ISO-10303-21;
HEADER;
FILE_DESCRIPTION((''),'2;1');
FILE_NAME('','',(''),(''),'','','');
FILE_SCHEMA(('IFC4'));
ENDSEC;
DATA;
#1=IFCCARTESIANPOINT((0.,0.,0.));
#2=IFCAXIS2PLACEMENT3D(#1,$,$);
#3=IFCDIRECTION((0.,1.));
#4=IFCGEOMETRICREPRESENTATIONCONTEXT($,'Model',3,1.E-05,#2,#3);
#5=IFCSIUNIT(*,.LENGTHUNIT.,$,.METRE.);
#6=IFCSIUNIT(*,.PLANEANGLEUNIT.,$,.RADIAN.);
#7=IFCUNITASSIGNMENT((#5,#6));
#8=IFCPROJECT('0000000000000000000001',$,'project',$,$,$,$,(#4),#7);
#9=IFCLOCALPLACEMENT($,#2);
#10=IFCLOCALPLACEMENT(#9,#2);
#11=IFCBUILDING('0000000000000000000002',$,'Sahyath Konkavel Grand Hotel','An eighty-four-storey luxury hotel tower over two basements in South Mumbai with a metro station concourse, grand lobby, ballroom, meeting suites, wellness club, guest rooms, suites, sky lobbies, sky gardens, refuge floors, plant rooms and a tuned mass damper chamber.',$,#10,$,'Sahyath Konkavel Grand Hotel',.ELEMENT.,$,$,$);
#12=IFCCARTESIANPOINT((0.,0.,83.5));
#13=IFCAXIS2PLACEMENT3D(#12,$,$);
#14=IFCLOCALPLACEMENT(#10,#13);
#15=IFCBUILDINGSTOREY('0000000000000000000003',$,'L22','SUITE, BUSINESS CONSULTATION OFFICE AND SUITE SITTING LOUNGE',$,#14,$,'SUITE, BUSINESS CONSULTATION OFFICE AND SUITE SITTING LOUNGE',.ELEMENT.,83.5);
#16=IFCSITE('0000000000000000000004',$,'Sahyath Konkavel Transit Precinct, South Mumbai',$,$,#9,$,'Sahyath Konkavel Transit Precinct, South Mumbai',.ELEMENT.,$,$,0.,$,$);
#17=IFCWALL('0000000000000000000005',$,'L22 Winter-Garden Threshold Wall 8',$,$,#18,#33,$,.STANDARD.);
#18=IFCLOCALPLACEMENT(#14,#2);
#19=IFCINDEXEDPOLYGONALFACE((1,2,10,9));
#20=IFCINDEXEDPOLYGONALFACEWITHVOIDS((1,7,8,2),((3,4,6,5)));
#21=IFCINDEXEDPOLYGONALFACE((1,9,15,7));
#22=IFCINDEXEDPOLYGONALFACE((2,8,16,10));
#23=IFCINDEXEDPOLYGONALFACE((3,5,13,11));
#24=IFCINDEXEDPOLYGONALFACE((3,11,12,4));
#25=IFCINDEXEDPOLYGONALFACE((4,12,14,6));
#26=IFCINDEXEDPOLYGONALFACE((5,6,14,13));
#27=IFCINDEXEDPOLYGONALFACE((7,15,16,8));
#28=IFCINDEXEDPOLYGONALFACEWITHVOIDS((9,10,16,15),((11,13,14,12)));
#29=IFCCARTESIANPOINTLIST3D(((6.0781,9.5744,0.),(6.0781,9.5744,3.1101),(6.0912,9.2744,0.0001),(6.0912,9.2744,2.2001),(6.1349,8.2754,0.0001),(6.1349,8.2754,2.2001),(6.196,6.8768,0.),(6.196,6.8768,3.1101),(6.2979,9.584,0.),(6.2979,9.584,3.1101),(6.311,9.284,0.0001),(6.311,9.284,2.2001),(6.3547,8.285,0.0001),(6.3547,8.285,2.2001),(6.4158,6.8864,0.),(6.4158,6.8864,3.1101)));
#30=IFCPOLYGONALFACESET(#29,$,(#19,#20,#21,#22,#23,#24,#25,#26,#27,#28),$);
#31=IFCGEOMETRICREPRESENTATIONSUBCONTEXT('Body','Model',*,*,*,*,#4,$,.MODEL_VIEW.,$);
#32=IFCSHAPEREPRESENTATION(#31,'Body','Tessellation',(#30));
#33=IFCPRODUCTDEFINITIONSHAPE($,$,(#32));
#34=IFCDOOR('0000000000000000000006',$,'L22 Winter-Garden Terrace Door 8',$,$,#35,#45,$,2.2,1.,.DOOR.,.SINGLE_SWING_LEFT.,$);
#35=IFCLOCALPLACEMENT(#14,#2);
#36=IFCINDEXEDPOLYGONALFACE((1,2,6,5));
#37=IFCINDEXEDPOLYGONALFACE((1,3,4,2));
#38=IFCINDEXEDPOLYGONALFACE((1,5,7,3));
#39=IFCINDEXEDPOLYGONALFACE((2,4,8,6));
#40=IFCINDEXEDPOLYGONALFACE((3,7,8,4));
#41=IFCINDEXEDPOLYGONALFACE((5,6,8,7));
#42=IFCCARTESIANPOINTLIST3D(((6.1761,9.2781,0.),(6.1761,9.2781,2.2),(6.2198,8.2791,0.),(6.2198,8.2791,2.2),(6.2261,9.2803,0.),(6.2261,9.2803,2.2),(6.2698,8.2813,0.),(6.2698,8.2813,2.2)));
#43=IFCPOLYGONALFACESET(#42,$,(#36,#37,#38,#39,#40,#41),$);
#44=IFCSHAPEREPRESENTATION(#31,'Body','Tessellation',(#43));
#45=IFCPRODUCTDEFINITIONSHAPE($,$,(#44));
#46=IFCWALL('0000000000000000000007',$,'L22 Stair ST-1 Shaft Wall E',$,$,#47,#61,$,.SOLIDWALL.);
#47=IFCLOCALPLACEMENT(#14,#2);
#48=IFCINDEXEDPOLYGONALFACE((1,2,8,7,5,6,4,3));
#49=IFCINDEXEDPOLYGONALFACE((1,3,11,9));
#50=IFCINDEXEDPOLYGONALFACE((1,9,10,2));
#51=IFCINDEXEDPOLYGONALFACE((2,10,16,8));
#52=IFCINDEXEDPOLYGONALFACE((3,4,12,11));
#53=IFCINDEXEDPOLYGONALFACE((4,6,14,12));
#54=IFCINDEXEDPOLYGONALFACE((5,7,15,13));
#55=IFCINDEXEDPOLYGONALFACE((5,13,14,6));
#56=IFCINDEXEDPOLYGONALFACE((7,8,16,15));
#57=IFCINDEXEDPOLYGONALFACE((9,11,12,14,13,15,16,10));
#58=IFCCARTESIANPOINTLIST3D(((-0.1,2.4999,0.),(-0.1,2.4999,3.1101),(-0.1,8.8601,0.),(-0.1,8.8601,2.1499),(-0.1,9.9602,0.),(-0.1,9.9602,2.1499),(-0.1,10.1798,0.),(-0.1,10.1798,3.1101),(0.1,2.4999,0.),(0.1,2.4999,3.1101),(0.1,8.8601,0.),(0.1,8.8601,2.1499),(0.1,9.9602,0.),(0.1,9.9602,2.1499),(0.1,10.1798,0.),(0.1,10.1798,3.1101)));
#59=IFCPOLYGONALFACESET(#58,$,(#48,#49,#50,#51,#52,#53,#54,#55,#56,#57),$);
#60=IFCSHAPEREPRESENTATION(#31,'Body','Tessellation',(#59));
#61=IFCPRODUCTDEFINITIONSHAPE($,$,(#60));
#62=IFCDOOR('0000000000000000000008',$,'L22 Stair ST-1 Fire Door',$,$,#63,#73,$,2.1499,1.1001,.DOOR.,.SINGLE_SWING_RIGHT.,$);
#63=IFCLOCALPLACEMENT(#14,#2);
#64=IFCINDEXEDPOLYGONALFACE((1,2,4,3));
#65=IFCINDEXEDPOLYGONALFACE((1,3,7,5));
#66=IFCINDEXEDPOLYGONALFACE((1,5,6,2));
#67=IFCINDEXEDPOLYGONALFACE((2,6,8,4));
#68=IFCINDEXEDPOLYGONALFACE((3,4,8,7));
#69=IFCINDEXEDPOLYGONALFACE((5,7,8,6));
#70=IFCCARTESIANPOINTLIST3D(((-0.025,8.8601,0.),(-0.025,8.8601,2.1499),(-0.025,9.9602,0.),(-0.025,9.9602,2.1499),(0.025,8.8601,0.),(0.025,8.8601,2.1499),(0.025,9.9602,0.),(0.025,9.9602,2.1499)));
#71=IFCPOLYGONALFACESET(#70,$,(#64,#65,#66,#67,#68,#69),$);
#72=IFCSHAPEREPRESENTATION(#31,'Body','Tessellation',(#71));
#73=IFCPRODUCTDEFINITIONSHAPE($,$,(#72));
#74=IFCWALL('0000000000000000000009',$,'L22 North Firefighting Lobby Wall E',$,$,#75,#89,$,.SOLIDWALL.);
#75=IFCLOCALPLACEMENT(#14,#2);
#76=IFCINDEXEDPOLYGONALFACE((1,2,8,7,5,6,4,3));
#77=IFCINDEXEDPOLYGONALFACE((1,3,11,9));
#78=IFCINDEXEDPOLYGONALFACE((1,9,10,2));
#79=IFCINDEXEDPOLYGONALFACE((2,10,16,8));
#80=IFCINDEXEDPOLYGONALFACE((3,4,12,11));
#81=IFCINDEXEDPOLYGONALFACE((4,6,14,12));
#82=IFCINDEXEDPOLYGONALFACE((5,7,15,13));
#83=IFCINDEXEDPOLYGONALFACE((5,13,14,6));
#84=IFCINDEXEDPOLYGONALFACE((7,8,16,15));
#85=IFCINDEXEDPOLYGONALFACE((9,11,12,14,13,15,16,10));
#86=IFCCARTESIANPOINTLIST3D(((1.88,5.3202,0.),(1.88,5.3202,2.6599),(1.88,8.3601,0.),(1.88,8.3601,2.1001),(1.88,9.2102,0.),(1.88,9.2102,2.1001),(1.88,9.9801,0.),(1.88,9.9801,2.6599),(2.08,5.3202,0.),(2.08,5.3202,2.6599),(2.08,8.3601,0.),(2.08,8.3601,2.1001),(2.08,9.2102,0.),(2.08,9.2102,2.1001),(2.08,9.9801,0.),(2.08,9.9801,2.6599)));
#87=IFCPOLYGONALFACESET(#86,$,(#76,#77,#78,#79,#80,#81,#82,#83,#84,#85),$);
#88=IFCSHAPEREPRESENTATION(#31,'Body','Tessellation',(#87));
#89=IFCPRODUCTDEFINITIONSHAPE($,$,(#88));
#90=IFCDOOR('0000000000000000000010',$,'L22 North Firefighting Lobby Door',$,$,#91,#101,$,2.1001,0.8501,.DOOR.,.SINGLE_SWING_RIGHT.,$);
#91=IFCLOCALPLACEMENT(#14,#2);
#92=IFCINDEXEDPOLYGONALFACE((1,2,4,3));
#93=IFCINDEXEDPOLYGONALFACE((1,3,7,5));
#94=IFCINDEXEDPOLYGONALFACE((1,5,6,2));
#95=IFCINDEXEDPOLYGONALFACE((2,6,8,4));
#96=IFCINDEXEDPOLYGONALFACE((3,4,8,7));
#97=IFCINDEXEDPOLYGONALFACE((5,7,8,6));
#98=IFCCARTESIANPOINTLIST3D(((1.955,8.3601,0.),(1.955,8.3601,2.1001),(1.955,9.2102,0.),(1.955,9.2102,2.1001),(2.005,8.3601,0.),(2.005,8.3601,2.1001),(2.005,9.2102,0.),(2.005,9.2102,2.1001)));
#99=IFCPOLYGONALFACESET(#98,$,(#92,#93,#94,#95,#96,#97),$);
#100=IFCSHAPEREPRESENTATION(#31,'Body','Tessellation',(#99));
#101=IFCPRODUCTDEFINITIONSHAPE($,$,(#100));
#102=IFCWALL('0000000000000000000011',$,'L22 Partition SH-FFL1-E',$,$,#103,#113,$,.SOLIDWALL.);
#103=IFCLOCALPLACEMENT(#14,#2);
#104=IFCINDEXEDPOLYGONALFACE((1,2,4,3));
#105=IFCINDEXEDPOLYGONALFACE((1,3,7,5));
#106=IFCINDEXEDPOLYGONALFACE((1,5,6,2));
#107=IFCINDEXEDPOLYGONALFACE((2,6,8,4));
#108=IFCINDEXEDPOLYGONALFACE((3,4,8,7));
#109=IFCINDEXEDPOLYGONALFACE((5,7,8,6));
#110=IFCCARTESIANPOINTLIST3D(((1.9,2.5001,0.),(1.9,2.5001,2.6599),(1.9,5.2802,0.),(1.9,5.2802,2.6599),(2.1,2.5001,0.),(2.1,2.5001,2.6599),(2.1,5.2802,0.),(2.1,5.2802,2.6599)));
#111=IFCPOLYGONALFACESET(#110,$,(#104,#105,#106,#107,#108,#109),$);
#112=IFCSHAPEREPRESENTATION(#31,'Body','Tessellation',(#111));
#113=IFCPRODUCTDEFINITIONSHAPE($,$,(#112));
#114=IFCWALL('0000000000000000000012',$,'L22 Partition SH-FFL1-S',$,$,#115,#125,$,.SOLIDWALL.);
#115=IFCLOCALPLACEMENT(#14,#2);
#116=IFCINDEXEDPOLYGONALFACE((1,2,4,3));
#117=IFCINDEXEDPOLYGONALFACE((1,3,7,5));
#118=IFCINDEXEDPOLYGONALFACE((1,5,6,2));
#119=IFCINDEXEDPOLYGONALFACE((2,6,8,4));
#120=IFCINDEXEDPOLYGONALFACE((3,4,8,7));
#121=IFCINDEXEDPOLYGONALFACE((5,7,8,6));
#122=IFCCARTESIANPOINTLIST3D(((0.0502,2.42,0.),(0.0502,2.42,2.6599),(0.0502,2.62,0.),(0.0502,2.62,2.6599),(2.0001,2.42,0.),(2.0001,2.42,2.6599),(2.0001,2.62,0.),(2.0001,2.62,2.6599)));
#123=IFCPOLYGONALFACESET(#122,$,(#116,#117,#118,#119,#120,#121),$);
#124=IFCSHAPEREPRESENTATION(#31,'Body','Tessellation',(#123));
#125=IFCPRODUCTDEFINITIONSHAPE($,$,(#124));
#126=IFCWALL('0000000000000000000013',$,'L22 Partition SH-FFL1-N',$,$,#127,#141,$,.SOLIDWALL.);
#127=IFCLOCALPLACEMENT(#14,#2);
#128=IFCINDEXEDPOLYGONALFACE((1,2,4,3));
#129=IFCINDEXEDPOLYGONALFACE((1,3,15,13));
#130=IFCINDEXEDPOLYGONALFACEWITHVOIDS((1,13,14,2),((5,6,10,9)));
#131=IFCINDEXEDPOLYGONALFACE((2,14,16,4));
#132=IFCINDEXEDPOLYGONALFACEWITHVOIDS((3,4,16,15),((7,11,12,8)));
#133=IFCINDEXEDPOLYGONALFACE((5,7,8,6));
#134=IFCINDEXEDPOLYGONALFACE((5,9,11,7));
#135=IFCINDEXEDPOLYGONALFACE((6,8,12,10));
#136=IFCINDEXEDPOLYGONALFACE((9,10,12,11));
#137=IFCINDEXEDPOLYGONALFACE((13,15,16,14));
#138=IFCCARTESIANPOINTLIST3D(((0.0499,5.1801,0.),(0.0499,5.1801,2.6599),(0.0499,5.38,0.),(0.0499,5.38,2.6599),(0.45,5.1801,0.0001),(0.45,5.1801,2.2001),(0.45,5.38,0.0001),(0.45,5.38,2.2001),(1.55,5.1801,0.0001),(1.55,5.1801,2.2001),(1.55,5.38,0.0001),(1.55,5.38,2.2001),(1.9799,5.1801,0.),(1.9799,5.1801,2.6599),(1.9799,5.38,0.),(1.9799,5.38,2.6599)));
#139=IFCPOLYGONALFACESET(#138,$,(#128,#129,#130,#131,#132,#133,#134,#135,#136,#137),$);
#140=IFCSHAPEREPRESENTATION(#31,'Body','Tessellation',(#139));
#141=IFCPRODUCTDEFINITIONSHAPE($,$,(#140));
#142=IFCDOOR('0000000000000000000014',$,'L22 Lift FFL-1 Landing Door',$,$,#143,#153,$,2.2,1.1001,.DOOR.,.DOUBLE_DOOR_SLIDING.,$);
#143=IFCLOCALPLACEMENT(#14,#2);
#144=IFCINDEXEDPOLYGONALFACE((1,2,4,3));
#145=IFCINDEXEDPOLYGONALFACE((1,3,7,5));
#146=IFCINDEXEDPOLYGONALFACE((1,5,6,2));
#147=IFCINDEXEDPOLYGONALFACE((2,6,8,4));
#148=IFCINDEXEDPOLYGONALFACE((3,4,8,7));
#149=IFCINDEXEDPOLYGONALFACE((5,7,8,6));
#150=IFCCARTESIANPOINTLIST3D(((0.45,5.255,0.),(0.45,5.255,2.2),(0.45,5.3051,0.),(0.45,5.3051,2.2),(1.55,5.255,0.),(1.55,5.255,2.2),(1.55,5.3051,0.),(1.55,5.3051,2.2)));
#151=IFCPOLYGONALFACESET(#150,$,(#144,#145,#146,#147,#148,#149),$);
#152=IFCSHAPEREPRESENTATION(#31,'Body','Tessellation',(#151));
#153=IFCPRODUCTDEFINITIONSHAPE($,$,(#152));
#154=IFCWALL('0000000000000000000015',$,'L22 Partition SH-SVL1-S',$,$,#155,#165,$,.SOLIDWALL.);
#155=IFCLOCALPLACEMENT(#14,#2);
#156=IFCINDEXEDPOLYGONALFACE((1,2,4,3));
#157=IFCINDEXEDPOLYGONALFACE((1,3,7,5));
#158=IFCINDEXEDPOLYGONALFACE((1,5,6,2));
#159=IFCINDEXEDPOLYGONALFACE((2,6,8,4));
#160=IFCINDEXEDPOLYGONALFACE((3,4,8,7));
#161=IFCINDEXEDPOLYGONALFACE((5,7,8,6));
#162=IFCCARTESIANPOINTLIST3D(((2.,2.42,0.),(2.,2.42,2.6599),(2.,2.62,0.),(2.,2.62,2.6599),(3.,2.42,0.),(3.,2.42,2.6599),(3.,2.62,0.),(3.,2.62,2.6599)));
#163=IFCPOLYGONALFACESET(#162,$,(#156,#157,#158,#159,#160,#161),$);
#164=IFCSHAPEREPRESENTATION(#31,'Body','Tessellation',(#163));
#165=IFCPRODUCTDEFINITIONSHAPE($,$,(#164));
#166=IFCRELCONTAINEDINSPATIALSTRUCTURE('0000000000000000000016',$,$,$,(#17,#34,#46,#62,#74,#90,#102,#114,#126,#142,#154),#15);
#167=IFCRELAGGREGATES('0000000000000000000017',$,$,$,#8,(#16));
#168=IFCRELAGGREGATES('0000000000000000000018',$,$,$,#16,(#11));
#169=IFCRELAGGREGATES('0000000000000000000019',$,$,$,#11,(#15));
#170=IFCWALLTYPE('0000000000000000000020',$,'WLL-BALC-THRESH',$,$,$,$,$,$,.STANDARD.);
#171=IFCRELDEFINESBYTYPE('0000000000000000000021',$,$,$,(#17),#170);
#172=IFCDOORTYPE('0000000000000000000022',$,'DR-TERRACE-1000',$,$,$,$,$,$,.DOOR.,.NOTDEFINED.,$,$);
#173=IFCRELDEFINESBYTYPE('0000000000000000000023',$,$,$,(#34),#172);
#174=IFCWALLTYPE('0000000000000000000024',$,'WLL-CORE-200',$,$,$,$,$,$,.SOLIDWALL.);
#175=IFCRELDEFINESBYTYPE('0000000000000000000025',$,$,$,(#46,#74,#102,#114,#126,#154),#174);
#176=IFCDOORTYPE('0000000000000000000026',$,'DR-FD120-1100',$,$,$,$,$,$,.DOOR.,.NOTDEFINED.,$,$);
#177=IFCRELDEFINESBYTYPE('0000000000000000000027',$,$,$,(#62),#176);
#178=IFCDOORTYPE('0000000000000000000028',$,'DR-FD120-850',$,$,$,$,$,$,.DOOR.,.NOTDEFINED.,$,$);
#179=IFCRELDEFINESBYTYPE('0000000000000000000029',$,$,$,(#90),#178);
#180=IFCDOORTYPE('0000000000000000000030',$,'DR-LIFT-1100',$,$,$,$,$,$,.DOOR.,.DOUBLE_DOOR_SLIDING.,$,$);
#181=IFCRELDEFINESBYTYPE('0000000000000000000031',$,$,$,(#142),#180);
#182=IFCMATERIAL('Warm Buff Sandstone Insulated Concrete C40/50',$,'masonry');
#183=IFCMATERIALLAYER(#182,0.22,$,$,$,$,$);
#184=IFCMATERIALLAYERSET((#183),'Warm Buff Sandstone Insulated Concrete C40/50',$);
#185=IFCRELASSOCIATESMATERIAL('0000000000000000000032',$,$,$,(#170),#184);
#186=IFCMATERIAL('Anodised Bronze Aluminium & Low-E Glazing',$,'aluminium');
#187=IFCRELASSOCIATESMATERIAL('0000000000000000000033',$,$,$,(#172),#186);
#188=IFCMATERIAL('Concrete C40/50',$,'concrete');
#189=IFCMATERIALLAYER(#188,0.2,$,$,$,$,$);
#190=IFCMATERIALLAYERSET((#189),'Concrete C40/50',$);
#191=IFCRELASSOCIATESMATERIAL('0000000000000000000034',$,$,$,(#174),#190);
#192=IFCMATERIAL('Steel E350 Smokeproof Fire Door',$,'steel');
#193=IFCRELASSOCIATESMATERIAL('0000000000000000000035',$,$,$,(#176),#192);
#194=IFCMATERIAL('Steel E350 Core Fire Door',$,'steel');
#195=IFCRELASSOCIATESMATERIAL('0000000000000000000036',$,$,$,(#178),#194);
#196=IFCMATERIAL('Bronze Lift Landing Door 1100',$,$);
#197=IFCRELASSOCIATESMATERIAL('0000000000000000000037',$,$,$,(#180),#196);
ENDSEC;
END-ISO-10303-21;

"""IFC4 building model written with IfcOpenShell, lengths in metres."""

from ifc_helpers import new_model, si_unit, direction, frame, frame_2d, origin, origin_2d, place, context, subcontext, project, spatial, rectangle, extrude, source, transform, mapped, material, layer, layer_set, type_object, element, fill, save


model = new_model("IFC4")

# Units and contexts
model_context = context("Model", 3, precision=1e-05, world=origin(), true_north=direction((0.0, 1.0)))
body_context = subcontext(model_context, "Body", "Model", "MODEL_VIEW")
ifc_project = project(units=[si_unit("LENGTHUNIT", "METRE"), si_unit("PLANEANGLEUNIT", "RADIAN")], contexts=[model_context])

# Site, building, storey
site_placement = place(None, origin())
site = spatial("IfcSite", under=ifc_project, at=site_placement, Name="Sahyath Konkavel Transit Precinct, South Mumbai", LongName="Sahyath Konkavel Transit Precinct, South Mumbai", CompositionType="ELEMENT", RefElevation=0.0)
building_placement = place(site_placement, origin())
building = spatial("IfcBuilding", under=site, at=building_placement, Name="Sahyath Konkavel Grand Hotel", Description="An eighty-four-storey luxury hotel tower over two basements in South Mumbai with a metro station concourse, grand lobby, ballroom, meeting suites, wellness club, guest rooms, suites, sky lobbies, sky gardens, refuge floors, plant rooms and a tuned mass damper chamber.", LongName="Sahyath Konkavel Grand Hotel", CompositionType="ELEMENT")
storey_placement = place(building_placement, frame((0.0, 0.0, 83.5)))
storey = spatial("IfcBuildingStorey", under=building, at=storey_placement, Name="L22", Description="SUITE, BUSINESS CONSULTATION OFFICE AND SUITE SITTING LOUNGE", LongName="SUITE, BUSINESS CONSULTATION OFFICE AND SUITE SITTING LOUNGE", CompositionType="ELEMENT", Elevation=83.5)

# Walls, openings, doors
ifc_material_1 = material(Name="Warm Buff Sandstone Insulated Concrete C40/50", Category="masonry")
ifc_layer_1 = layer(ifc_material_1, 0.22)
ifc_layer_set_1 = layer_set([ifc_layer_1], Name="Warm Buff Sandstone Insulated Concrete C40/50")
wall_type_1 = type_object("IfcWallType", Name="WLL-BALC-THRESH", PredefinedType="STANDARD", material=ifc_layer_set_1)
wall_1_placement = place(storey_placement, frame((6.3059, 6.8816, 0.0), z_axis=(0.0, 0.0, 1.0), x_axis=(-0.043673, 0.999046, 0.0)))
wall_1 = element("IfcWall", 1, at=wall_1_placement, inside=storey, type_object=wall_type_1, Name="L22 Winter-Garden Threshold Wall 8", PredefinedType="STANDARD", context=body_context, shape_type="SweptSolid", body=[
    extrude(rectangle(XDim=2.7002, YDim=0.22, at=frame_2d((1.3501, 0.0))), origin(), (0.0, 0.0, 1.0), 3.1101),
])
opening_1_placement = place(wall_1_placement, frame((1.3999, 0.0, 0.0)))
opening_1 = element("IfcOpeningElement", 2, at=opening_1_placement, cuts=wall_1, PredefinedType="OPENING", context=body_context, shape_type="SweptSolid", body=[
    extrude(rectangle(XDim=1.0, YDim=2.2, at=frame_2d((0.5, 1.1001))), frame((0.0, 0.1201, 0.0), z_axis=(0.0, -1.0, 0.0), x_axis=(1.0, 0.0, 0.0)), (0.0, 0.0, 1.0), 0.24),
])
ifc_material_2 = material(Name="Anodised Bronze Aluminium & Low-E Glazing", Category="aluminium")
door_type_1 = type_object("IfcDoorType", Name="DR-TERRACE-1000", OperationType="NOTDEFINED", PredefinedType="DOOR", material=ifc_material_2)
shared_shape_1 = source(origin(), body_context, "Body", "SweptSolid", [
    extrude(rectangle(XDim=1.0, YDim=0.05, at=origin_2d()), origin(), (0.0, 0.0, 1.0), 2.2),
])
door_1_placement = place(opening_1_placement, frame((0.5, 0.0, 0.0)))
door_1 = element("IfcDoor", 3, at=door_1_placement, inside=storey, type_object=door_type_1, Name="L22 Winter-Garden Terrace Door 8", OperationType="SINGLE_SWING_LEFT", OverallHeight=2.2, OverallWidth=1.0, PredefinedType="DOOR", context=body_context, shape_type="MappedRepresentation", body=[
    mapped(shared_shape_1, transform((0.0, 0.0, 0.0), scale=1.0)),
])
fill(opening_1, door_1)
ifc_material_3 = material(Name="Concrete C40/50", Category="concrete")
ifc_layer_2 = layer(ifc_material_3, 0.2)
ifc_layer_set_2 = layer_set([ifc_layer_2], Name="Concrete C40/50")
wall_type_2 = type_object("IfcWallType", Name="WLL-CORE-200", PredefinedType="SOLIDWALL", material=ifc_layer_set_2)
wall_2_placement = place(storey_placement, frame((0.0, 2.5, 0.0), z_axis=(0.0, 0.0, 1.0), x_axis=(0.0, 1.0, 0.0)))
wall_2 = element("IfcWall", 4, at=wall_2_placement, inside=storey, type_object=wall_type_2, Name="L22 Stair ST-1 Shaft Wall E", PredefinedType="SOLIDWALL", context=body_context, shape_type="SweptSolid", body=[
    extrude(rectangle(XDim=7.6799, YDim=0.2, at=frame_2d((3.8398, 0.0))), origin(), (0.0, 0.0, 1.0), 3.1101),
])
opening_2_placement = place(wall_2_placement, frame((6.3601, 0.0, 0.0)))
opening_2 = element("IfcOpeningElement", 5, at=opening_2_placement, cuts=wall_2, PredefinedType="OPENING", context=body_context, shape_type="SweptSolid", body=[
    extrude(rectangle(XDim=1.1001, YDim=2.1499, at=frame_2d((0.55, 1.075))), frame((0.0, 0.1099, 0.0), z_axis=(0.0, -1.0, 0.0), x_axis=(1.0, 0.0, 0.0)), (0.0, 0.0, 1.0), 0.22),
])
ifc_material_4 = material(Name="Steel E350 Smokeproof Fire Door", Category="steel")
door_type_2 = type_object("IfcDoorType", Name="DR-FD120-1100", OperationType="NOTDEFINED", PredefinedType="DOOR", material=ifc_material_4)
shared_shape_2 = source(origin(), body_context, "Body", "SweptSolid", [
    extrude(rectangle(XDim=1.1001, YDim=0.05, at=origin_2d()), origin(), (0.0, 0.0, 1.0), 2.1499),
])
door_2_placement = place(opening_2_placement, frame((0.55, 0.0, 0.0)))
door_2 = element("IfcDoor", 6, at=door_2_placement, inside=storey, type_object=door_type_2, Name="L22 Stair ST-1 Fire Door", OperationType="SINGLE_SWING_RIGHT", OverallHeight=2.1499, OverallWidth=1.1001, PredefinedType="DOOR", context=body_context, shape_type="MappedRepresentation", body=[
    mapped(shared_shape_2, transform((0.0, 0.0, 0.0), scale=1.0)),
])
fill(opening_2, door_2)
wall_3_placement = place(storey_placement, frame((1.98, 5.3201, 0.0), z_axis=(0.0, 0.0, 1.0), x_axis=(0.0, 1.0, 0.0)))
wall_3 = element("IfcWall", 7, at=wall_3_placement, inside=storey, type_object=wall_type_2, Name="L22 North Firefighting Lobby Wall E", PredefinedType="SOLIDWALL", context=body_context, shape_type="SweptSolid", body=[
    extrude(rectangle(XDim=4.6599, YDim=0.2, at=frame_2d((2.3301, 0.0))), origin(), (0.0, 0.0, 1.0), 2.6599),
])
opening_3_placement = place(wall_3_placement, frame((3.04, 0.0, 0.0)))
opening_3 = element("IfcOpeningElement", 8, at=opening_3_placement, cuts=wall_3, PredefinedType="OPENING", context=body_context, shape_type="SweptSolid", body=[
    extrude(rectangle(XDim=0.8501, YDim=2.1001, at=frame_2d((0.425, 1.05))), frame((0.0, 0.1099, 0.0), z_axis=(0.0, -1.0, 0.0), x_axis=(1.0, 0.0, 0.0)), (0.0, 0.0, 1.0), 0.22),
])
ifc_material_5 = material(Name="Steel E350 Core Fire Door", Category="steel")
door_type_3 = type_object("IfcDoorType", Name="DR-FD120-850", OperationType="NOTDEFINED", PredefinedType="DOOR", material=ifc_material_5)
shared_shape_3 = source(origin(), body_context, "Body", "SweptSolid", [
    extrude(rectangle(XDim=0.8501, YDim=0.05, at=origin_2d()), origin(), (0.0, 0.0, 1.0), 2.1001),
])
door_3_placement = place(opening_3_placement, frame((0.425, 0.0, 0.0)))
door_3 = element("IfcDoor", 9, at=door_3_placement, inside=storey, type_object=door_type_3, Name="L22 North Firefighting Lobby Door", OperationType="SINGLE_SWING_RIGHT", OverallHeight=2.1001, OverallWidth=0.8501, PredefinedType="DOOR", context=body_context, shape_type="MappedRepresentation", body=[
    mapped(shared_shape_3, transform((0.0, 0.0, 0.0), scale=1.0)),
])
fill(opening_3, door_3)

# Walls
wall_4_placement = place(storey_placement, frame((2.0, 2.5, 0.0), z_axis=(0.0, 0.0, 1.0), x_axis=(0.0, 1.0, 0.0)))
element("IfcWall", 10, at=wall_4_placement, inside=storey, type_object=wall_type_2, Name="L22 Partition SH-FFL1-E", PredefinedType="SOLIDWALL", context=body_context, shape_type="SweptSolid", body=[
    extrude(rectangle(XDim=2.78, YDim=0.2, at=frame_2d((1.3901, 0.0))), origin(), (0.0, 0.0, 1.0), 2.6599),
])
wall_5_placement = place(storey_placement, frame((0.05, 2.52, 0.0), z_axis=(0.0, 0.0, 1.0), x_axis=(1.0, 0.0, 0.0)))
element("IfcWall", 11, at=wall_5_placement, inside=storey, type_object=wall_type_2, Name="L22 Partition SH-FFL1-S", PredefinedType="SOLIDWALL", context=body_context, shape_type="SweptSolid", body=[
    extrude(rectangle(XDim=1.95, YDim=0.2, at=frame_2d((0.9751, 0.0))), origin(), (0.0, 0.0, 1.0), 2.6599),
])

# Wall, opening, door
wall_6_placement = place(storey_placement, frame((0.05, 5.28, 0.0), z_axis=(0.0, 0.0, 1.0), x_axis=(1.0, 0.0, 0.0)))
wall_6 = element("IfcWall", 12, at=wall_6_placement, inside=storey, type_object=wall_type_2, Name="L22 Partition SH-FFL1-N", PredefinedType="SOLIDWALL", context=body_context, shape_type="SweptSolid", body=[
    extrude(rectangle(XDim=1.9299, YDim=0.2, at=frame_2d((0.9648, 0.0))), origin(), (0.0, 0.0, 1.0), 2.6599),
])
opening_4_placement = place(wall_6_placement, frame((0.3999, 0.0, 0.0)))
opening_4 = element("IfcOpeningElement", 13, at=opening_4_placement, cuts=wall_6, PredefinedType="OPENING", context=body_context, shape_type="SweptSolid", body=[
    extrude(rectangle(XDim=1.1001, YDim=2.2, at=frame_2d((0.55, 1.1001))), frame((0.0, 0.1099, 0.0), z_axis=(0.0, -1.0, 0.0), x_axis=(1.0, 0.0, 0.0)), (0.0, 0.0, 1.0), 0.22),
])
ifc_material_6 = material(Name="Bronze Lift Landing Door 1100")
door_type_4 = type_object("IfcDoorType", Name="DR-LIFT-1100", OperationType="DOUBLE_DOOR_SLIDING", PredefinedType="DOOR", material=ifc_material_6)
shared_shape_4 = source(origin(), body_context, "Body", "SweptSolid", [
    extrude(rectangle(XDim=1.1001, YDim=0.05, at=origin_2d()), origin(), (0.0, 0.0, 1.0), 2.2),
])
door_4_placement = place(opening_4_placement, frame((0.55, 0.0, 0.0)))
door_4 = element("IfcDoor", 14, at=door_4_placement, inside=storey, type_object=door_type_4, Name="L22 Lift FFL-1 Landing Door", OperationType="DOUBLE_DOOR_SLIDING", OverallHeight=2.2, OverallWidth=1.1001, PredefinedType="DOOR", context=body_context, shape_type="MappedRepresentation", body=[
    mapped(shared_shape_4, transform((0.0, 0.0, 0.0), scale=1.0)),
])
fill(opening_4, door_4)

# Wall
wall_7_placement = place(storey_placement, frame((2.0, 2.52, 0.0), z_axis=(0.0, 0.0, 1.0), x_axis=(1.0, 0.0, 0.0)))
element("IfcWall", 15, at=wall_7_placement, inside=storey, type_object=wall_type_2, Name="L22 Partition SH-SVL1-S", PredefinedType="SOLIDWALL", context=body_context, shape_type="SweptSolid", body=[
    extrude(rectangle(XDim=1.0, YDim=0.2, at=frame_2d((0.5, 0.0))), origin(), (0.0, 0.0, 1.0), 2.6599),
])

save(model, "model.ifc")
